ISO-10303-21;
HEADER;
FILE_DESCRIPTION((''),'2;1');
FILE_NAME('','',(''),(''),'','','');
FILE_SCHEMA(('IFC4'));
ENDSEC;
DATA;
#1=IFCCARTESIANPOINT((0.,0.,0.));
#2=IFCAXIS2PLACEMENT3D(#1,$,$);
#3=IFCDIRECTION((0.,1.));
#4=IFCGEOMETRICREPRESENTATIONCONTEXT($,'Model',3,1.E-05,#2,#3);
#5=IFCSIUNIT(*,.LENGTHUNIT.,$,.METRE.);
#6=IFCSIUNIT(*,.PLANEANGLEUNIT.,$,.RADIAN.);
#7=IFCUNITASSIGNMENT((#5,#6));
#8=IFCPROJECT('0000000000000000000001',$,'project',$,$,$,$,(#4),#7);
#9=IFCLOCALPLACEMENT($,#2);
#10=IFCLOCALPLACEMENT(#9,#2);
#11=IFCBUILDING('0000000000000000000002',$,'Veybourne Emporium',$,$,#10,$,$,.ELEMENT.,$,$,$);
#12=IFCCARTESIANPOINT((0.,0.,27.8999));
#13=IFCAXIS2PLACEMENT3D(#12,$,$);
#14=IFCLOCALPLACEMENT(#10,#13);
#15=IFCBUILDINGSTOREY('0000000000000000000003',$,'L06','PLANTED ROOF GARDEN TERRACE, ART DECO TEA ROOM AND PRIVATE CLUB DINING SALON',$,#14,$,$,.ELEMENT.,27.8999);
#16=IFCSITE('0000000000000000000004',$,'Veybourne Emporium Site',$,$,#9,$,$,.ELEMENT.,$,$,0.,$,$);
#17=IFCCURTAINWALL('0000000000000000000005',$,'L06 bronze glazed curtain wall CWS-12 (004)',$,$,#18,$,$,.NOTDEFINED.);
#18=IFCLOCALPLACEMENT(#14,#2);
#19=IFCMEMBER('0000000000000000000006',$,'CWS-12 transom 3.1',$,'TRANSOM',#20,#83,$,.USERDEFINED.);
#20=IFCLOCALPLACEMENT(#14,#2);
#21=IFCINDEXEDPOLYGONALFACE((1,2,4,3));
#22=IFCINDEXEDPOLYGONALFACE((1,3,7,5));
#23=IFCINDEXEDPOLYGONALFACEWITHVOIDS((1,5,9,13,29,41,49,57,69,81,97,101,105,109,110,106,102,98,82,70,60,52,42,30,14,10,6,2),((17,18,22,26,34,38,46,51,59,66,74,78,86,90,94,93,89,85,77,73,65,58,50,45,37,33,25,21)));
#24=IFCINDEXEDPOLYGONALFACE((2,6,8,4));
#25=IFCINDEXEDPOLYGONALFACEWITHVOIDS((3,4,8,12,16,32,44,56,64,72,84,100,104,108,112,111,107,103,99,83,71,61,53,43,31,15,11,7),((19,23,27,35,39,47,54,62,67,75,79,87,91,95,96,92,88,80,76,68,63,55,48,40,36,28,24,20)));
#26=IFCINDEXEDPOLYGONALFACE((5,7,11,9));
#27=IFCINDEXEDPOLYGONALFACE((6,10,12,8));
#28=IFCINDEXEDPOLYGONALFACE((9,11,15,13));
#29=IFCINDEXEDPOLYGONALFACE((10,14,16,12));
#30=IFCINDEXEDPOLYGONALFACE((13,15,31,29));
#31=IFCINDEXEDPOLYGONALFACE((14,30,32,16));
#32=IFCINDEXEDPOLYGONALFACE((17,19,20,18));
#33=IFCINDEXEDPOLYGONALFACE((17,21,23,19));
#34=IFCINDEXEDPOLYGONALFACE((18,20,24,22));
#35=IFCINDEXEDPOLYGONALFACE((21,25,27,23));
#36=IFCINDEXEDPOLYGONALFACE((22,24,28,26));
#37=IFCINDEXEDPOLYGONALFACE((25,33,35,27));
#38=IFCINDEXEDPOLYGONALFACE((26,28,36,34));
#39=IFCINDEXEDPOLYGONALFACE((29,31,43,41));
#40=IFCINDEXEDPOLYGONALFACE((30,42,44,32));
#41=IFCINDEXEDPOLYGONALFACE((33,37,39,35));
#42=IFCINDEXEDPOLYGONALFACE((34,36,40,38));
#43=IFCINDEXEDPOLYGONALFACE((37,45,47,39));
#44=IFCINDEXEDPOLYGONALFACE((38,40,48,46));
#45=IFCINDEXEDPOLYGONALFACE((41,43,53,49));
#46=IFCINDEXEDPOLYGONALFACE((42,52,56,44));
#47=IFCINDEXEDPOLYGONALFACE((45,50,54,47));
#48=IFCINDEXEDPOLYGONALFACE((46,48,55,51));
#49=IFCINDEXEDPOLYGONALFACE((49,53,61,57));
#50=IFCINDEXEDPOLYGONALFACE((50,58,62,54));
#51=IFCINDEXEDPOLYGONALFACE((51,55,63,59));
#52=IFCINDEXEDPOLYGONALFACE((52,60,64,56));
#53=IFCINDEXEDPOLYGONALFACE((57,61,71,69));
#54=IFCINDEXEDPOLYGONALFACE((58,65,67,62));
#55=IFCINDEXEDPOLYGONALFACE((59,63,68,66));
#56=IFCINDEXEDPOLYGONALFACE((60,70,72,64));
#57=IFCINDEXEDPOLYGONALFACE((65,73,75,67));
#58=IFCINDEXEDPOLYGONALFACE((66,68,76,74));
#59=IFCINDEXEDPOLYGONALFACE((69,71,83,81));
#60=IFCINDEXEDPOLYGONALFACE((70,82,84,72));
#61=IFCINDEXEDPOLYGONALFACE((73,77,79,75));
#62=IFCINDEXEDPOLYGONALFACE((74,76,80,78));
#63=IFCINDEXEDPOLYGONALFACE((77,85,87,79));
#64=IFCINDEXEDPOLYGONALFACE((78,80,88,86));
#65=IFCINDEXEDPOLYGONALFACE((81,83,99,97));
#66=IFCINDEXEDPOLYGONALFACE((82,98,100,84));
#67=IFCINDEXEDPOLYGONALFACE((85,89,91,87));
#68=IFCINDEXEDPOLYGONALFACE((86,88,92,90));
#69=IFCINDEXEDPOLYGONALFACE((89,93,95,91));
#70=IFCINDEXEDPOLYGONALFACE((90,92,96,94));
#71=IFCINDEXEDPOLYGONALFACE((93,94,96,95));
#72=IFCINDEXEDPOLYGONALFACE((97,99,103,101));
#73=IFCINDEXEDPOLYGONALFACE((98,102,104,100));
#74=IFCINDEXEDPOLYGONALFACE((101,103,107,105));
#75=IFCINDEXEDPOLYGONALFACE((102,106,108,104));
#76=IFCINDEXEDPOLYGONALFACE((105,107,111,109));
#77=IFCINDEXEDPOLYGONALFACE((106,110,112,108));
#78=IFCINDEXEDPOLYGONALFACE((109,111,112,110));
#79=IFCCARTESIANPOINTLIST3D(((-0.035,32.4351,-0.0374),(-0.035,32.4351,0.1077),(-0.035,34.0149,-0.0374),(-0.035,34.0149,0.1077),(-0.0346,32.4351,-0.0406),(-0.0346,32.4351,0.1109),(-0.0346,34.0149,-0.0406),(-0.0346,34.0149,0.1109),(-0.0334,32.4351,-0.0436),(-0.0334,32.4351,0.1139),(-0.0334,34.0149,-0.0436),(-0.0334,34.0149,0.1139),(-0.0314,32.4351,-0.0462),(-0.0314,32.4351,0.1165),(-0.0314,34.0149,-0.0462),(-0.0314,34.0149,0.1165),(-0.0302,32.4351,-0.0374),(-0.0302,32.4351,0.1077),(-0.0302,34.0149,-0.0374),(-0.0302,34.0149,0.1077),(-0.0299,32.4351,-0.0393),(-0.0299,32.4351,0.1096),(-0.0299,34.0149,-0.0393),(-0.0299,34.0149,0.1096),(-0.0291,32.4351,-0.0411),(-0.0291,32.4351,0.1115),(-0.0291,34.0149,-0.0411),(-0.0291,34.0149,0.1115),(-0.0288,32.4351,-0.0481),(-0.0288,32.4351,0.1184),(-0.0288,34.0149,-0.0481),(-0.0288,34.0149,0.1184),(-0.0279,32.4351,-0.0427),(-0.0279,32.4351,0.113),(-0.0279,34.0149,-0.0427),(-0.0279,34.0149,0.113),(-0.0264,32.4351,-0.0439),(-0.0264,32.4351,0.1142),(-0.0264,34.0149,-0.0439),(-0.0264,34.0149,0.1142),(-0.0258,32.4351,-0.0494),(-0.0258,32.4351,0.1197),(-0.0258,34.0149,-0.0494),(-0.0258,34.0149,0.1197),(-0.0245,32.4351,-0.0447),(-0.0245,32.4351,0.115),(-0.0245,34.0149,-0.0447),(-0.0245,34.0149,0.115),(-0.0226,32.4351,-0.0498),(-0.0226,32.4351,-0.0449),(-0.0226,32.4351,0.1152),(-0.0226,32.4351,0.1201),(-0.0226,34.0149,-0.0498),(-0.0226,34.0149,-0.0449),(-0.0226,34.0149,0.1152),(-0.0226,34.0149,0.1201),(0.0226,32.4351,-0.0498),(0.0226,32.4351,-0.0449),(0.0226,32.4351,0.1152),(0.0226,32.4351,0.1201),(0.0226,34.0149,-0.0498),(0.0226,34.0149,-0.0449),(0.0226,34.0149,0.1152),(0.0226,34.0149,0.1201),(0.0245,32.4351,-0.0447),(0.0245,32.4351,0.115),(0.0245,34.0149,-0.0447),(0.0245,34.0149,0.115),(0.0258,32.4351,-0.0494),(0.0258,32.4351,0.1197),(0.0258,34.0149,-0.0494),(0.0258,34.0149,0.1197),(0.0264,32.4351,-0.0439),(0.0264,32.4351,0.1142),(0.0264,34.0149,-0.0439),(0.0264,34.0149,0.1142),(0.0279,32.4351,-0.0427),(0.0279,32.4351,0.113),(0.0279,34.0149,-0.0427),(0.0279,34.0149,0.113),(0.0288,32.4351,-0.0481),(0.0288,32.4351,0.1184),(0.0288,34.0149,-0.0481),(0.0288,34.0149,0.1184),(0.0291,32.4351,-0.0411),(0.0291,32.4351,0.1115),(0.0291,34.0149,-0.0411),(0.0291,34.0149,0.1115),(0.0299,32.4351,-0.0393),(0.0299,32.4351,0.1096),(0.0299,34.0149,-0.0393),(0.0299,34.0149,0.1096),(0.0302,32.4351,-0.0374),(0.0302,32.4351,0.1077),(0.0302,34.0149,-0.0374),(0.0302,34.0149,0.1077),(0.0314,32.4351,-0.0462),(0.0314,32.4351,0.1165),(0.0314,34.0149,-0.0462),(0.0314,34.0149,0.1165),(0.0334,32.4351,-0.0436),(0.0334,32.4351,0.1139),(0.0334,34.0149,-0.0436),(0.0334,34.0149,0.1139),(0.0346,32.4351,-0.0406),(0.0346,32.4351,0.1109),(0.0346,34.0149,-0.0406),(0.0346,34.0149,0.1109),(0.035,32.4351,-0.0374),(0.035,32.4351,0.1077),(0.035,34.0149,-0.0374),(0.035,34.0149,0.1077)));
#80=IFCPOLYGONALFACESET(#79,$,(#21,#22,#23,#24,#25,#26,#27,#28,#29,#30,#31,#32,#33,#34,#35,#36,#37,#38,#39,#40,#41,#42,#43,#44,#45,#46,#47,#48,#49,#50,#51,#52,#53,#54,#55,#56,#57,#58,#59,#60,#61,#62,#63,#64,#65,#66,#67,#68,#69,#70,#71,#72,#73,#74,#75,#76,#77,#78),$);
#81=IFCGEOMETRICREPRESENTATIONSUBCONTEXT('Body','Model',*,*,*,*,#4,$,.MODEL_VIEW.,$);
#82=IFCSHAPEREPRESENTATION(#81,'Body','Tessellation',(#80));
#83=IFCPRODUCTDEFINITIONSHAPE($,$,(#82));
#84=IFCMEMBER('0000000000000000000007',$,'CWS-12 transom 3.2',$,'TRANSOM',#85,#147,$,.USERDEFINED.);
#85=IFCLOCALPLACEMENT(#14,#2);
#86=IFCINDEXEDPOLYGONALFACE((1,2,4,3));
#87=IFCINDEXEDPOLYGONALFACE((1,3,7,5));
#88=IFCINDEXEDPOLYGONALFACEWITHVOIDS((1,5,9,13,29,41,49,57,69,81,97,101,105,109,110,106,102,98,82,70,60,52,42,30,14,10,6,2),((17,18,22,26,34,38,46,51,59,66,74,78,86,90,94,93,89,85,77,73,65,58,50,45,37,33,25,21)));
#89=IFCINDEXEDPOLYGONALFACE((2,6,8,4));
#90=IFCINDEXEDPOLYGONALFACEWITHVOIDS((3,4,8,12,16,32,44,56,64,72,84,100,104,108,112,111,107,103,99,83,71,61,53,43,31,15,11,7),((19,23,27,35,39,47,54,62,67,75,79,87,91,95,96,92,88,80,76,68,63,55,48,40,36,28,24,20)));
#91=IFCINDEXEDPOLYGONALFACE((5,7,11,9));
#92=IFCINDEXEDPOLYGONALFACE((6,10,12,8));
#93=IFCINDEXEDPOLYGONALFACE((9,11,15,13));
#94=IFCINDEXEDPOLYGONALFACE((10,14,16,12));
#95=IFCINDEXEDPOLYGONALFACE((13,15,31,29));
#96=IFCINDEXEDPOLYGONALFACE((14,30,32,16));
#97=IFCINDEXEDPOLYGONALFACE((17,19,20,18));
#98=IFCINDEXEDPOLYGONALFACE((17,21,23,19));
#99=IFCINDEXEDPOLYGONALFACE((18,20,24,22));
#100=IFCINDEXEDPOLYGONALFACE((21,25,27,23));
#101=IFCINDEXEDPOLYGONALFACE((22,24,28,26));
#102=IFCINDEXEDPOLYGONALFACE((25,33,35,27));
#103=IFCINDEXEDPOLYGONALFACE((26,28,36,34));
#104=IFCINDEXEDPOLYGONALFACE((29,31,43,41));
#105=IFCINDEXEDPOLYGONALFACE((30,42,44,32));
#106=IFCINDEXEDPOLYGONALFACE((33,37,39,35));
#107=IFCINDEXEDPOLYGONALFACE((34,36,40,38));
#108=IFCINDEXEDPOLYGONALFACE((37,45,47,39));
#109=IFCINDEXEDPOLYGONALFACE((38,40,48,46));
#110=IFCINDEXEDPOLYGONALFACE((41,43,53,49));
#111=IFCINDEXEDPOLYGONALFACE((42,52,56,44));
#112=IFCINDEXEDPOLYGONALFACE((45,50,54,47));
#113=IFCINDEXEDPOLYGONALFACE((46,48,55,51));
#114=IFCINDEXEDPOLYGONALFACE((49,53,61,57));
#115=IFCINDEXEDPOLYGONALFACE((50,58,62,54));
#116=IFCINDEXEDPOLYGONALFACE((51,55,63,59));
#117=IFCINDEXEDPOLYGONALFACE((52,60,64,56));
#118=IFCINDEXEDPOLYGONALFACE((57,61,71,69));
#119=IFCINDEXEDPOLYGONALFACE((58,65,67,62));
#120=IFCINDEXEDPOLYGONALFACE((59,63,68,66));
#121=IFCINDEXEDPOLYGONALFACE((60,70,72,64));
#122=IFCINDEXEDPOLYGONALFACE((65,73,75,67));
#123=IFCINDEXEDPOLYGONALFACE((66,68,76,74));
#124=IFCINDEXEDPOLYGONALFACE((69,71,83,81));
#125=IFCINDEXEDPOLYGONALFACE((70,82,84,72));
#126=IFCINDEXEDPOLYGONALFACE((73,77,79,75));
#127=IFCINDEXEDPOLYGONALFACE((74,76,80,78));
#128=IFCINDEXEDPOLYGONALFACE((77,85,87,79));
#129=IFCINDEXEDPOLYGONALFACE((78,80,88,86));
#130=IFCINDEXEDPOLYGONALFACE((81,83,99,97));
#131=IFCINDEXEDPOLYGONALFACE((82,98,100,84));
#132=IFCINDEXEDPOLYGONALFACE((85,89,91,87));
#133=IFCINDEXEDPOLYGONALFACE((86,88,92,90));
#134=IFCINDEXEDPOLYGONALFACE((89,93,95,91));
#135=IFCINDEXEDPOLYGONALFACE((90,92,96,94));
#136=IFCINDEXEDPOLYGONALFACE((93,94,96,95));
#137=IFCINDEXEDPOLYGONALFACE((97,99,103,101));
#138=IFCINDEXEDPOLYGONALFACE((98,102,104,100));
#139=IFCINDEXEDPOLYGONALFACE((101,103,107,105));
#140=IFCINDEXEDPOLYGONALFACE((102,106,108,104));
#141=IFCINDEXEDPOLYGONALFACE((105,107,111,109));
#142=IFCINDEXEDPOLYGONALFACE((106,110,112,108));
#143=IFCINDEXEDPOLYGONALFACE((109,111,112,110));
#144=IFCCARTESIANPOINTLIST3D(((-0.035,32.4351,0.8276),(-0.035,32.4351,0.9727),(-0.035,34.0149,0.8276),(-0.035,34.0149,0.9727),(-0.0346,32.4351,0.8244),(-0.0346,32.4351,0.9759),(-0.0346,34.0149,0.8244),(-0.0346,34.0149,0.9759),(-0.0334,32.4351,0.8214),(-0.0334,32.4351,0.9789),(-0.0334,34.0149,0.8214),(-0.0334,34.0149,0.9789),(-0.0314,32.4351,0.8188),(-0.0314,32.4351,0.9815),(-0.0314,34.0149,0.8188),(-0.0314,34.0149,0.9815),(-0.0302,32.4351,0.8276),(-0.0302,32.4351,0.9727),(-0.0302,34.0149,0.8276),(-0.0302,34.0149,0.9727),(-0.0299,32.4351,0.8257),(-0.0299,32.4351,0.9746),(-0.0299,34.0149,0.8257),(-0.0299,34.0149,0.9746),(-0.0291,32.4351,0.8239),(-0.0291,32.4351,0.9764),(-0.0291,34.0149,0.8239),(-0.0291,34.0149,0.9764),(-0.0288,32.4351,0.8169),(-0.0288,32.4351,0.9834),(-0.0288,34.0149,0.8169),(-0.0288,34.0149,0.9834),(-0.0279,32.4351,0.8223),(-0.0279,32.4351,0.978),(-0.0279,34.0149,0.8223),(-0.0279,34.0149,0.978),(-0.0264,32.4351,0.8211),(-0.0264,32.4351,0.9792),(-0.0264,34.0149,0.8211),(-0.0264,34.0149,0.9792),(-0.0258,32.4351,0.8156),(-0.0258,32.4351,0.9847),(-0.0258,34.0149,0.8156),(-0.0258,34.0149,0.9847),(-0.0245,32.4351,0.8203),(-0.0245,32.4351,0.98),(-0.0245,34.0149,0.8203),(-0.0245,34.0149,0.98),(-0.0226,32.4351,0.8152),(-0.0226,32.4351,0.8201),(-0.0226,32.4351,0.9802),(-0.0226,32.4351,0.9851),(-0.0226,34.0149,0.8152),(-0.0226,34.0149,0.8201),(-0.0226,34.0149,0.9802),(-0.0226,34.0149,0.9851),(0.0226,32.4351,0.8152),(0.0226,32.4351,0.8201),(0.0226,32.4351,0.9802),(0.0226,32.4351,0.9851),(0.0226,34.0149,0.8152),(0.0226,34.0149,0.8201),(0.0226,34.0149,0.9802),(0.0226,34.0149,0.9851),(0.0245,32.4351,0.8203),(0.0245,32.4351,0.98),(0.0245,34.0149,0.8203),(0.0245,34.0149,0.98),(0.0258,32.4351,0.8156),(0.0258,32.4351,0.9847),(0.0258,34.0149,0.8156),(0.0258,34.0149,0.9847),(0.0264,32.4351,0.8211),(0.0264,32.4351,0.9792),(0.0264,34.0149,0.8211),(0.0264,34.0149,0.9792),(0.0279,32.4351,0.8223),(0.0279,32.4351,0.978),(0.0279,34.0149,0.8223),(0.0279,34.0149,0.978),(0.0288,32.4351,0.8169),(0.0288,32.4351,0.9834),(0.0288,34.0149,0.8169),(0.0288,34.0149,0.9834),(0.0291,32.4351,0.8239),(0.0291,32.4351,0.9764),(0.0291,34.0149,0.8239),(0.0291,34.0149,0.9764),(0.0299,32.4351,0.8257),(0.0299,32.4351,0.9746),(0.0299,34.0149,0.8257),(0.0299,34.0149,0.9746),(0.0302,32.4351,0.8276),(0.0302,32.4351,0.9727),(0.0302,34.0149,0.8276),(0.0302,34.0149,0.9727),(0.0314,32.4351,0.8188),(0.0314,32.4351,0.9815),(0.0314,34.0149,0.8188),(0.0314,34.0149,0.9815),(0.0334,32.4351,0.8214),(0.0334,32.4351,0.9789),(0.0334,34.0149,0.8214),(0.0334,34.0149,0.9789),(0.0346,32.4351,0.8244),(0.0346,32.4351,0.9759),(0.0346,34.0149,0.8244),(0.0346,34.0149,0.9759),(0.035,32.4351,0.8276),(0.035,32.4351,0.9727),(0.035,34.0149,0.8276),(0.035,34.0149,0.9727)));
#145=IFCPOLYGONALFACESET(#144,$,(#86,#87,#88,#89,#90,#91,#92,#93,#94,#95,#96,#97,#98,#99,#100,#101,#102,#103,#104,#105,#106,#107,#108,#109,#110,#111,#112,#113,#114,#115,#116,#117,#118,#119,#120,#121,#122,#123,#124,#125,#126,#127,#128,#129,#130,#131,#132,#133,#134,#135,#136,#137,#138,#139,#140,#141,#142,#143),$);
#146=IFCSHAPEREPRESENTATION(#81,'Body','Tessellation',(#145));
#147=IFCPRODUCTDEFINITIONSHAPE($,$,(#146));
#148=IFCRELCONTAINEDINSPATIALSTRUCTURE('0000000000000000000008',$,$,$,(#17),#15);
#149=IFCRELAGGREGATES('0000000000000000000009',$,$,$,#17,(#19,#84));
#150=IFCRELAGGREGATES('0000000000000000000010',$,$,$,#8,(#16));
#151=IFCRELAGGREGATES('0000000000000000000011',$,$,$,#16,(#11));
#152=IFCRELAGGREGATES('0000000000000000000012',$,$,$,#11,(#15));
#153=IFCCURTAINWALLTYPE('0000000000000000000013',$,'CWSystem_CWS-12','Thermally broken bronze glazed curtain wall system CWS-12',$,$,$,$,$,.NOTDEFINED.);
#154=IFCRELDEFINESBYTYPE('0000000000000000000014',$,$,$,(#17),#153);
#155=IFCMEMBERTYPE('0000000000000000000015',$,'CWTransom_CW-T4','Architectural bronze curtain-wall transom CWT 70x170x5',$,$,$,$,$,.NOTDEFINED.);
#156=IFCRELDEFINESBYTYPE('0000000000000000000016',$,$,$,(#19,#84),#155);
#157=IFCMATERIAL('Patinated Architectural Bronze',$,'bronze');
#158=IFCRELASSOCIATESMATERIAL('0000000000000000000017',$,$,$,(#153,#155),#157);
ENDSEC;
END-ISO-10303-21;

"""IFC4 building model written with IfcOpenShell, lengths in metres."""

from ifc_helpers import new_model, si_unit, direction, frame, origin, origin_2d, place, context, subcontext, project, spatial, hollow_rectangle, extrude, material, material_profile, profile_set, type_object, element, aggregate, save


model = new_model("IFC4")

# Units and contexts
model_context = context("Model", 3, precision=1e-05, world=origin(), true_north=direction((0.0, 1.0)))
body_context = subcontext(model_context, "Body", "Model", "MODEL_VIEW")
ifc_project = project(units=[si_unit("LENGTHUNIT", "METRE"), si_unit("PLANEANGLEUNIT", "RADIAN")], contexts=[model_context])

# Site, building, storey
site_placement = place(None, origin())
site = spatial("IfcSite", under=ifc_project, at=site_placement, Name="Veybourne Emporium Site", CompositionType="ELEMENT", RefElevation=0.0)
building_placement = place(site_placement, origin())
building = spatial("IfcBuilding", under=site, at=building_placement, Name="Veybourne Emporium", CompositionType="ELEMENT")
storey_placement = place(building_placement, frame((0.0, 0.0, 27.8999)))
storey = spatial("IfcBuildingStorey", under=building, at=storey_placement, Name="L06", Description="PLANTED ROOF GARDEN TERRACE, ART DECO TEA ROOM AND PRIVATE CLUB DINING SALON", CompositionType="ELEMENT", Elevation=27.8999)

# Curtain wall, members
ifc_material_1 = material(Name="Patinated Architectural Bronze", Category="bronze")
curtain_wall_type = type_object("IfcCurtainWallType", Name="CWSystem_CWS-12", Description="Thermally broken bronze glazed curtain wall system CWS-12", PredefinedType="NOTDEFINED", material=ifc_material_1)
curtain_wall_placement = place(storey_placement, origin())
curtain_wall = element("IfcCurtainWall", 1, at=curtain_wall_placement, inside=storey, type_object=curtain_wall_type, Name="L06 bronze glazed curtain wall CWS-12 (004)", PredefinedType="NOTDEFINED")
ifc_material_profile_1 = material_profile(ifc_material_1, hollow_rectangle(XDim=0.0701, YDim=0.1699, WallThickness=0.0049, InnerFilletRadius=0.0076, OuterFilletRadius=0.0125, at=origin_2d()), Name="CWT 70x170x5")
ifc_profile_set_1 = profile_set([ifc_material_profile_1], Name="Patinated Architectural Bronze")
member_type_1 = type_object("IfcMemberType", Name="CWTransom_CW-T4", Description="Architectural bronze curtain-wall transom CWT 70x170x5", PredefinedType="NOTDEFINED", material=ifc_profile_set_1)
member_1_placement = place(storey_placement, frame((0.0, 32.4351, 0.0352), z_axis=(0.0, 1.0, 0.0), x_axis=(-1.0, 0.0, 0.0)))
member_1 = element("IfcMember", 2, at=member_1_placement, type_object=member_type_1, Name="CWS-12 transom 3.1", ObjectType="TRANSOM", PredefinedType="USERDEFINED", context=body_context, shape_type="SweptSolid", body=[
    extrude(hollow_rectangle(XDim=0.0701, YDim=0.1699, WallThickness=0.0049, InnerFilletRadius=0.0076, OuterFilletRadius=0.0125, at=origin_2d()), origin(), (0.0, 0.0, 1.0), 1.5798),
])
member_2_placement = place(storey_placement, frame((0.0, 32.4351, 0.9001), z_axis=(0.0, 1.0, 0.0), x_axis=(-1.0, 0.0, 0.0)))
member_2 = element("IfcMember", 3, at=member_2_placement, type_object=member_type_1, Name="CWS-12 transom 3.2", ObjectType="TRANSOM", PredefinedType="USERDEFINED", context=body_context, shape_type="SweptSolid", body=[
    extrude(hollow_rectangle(XDim=0.0701, YDim=0.1699, WallThickness=0.0049, InnerFilletRadius=0.0076, OuterFilletRadius=0.0125, at=origin_2d()), origin(), (0.0, 0.0, 1.0), 1.5798),
])

aggregate(curtain_wall, [member_1, member_2])

save(model, "model.ifc")
